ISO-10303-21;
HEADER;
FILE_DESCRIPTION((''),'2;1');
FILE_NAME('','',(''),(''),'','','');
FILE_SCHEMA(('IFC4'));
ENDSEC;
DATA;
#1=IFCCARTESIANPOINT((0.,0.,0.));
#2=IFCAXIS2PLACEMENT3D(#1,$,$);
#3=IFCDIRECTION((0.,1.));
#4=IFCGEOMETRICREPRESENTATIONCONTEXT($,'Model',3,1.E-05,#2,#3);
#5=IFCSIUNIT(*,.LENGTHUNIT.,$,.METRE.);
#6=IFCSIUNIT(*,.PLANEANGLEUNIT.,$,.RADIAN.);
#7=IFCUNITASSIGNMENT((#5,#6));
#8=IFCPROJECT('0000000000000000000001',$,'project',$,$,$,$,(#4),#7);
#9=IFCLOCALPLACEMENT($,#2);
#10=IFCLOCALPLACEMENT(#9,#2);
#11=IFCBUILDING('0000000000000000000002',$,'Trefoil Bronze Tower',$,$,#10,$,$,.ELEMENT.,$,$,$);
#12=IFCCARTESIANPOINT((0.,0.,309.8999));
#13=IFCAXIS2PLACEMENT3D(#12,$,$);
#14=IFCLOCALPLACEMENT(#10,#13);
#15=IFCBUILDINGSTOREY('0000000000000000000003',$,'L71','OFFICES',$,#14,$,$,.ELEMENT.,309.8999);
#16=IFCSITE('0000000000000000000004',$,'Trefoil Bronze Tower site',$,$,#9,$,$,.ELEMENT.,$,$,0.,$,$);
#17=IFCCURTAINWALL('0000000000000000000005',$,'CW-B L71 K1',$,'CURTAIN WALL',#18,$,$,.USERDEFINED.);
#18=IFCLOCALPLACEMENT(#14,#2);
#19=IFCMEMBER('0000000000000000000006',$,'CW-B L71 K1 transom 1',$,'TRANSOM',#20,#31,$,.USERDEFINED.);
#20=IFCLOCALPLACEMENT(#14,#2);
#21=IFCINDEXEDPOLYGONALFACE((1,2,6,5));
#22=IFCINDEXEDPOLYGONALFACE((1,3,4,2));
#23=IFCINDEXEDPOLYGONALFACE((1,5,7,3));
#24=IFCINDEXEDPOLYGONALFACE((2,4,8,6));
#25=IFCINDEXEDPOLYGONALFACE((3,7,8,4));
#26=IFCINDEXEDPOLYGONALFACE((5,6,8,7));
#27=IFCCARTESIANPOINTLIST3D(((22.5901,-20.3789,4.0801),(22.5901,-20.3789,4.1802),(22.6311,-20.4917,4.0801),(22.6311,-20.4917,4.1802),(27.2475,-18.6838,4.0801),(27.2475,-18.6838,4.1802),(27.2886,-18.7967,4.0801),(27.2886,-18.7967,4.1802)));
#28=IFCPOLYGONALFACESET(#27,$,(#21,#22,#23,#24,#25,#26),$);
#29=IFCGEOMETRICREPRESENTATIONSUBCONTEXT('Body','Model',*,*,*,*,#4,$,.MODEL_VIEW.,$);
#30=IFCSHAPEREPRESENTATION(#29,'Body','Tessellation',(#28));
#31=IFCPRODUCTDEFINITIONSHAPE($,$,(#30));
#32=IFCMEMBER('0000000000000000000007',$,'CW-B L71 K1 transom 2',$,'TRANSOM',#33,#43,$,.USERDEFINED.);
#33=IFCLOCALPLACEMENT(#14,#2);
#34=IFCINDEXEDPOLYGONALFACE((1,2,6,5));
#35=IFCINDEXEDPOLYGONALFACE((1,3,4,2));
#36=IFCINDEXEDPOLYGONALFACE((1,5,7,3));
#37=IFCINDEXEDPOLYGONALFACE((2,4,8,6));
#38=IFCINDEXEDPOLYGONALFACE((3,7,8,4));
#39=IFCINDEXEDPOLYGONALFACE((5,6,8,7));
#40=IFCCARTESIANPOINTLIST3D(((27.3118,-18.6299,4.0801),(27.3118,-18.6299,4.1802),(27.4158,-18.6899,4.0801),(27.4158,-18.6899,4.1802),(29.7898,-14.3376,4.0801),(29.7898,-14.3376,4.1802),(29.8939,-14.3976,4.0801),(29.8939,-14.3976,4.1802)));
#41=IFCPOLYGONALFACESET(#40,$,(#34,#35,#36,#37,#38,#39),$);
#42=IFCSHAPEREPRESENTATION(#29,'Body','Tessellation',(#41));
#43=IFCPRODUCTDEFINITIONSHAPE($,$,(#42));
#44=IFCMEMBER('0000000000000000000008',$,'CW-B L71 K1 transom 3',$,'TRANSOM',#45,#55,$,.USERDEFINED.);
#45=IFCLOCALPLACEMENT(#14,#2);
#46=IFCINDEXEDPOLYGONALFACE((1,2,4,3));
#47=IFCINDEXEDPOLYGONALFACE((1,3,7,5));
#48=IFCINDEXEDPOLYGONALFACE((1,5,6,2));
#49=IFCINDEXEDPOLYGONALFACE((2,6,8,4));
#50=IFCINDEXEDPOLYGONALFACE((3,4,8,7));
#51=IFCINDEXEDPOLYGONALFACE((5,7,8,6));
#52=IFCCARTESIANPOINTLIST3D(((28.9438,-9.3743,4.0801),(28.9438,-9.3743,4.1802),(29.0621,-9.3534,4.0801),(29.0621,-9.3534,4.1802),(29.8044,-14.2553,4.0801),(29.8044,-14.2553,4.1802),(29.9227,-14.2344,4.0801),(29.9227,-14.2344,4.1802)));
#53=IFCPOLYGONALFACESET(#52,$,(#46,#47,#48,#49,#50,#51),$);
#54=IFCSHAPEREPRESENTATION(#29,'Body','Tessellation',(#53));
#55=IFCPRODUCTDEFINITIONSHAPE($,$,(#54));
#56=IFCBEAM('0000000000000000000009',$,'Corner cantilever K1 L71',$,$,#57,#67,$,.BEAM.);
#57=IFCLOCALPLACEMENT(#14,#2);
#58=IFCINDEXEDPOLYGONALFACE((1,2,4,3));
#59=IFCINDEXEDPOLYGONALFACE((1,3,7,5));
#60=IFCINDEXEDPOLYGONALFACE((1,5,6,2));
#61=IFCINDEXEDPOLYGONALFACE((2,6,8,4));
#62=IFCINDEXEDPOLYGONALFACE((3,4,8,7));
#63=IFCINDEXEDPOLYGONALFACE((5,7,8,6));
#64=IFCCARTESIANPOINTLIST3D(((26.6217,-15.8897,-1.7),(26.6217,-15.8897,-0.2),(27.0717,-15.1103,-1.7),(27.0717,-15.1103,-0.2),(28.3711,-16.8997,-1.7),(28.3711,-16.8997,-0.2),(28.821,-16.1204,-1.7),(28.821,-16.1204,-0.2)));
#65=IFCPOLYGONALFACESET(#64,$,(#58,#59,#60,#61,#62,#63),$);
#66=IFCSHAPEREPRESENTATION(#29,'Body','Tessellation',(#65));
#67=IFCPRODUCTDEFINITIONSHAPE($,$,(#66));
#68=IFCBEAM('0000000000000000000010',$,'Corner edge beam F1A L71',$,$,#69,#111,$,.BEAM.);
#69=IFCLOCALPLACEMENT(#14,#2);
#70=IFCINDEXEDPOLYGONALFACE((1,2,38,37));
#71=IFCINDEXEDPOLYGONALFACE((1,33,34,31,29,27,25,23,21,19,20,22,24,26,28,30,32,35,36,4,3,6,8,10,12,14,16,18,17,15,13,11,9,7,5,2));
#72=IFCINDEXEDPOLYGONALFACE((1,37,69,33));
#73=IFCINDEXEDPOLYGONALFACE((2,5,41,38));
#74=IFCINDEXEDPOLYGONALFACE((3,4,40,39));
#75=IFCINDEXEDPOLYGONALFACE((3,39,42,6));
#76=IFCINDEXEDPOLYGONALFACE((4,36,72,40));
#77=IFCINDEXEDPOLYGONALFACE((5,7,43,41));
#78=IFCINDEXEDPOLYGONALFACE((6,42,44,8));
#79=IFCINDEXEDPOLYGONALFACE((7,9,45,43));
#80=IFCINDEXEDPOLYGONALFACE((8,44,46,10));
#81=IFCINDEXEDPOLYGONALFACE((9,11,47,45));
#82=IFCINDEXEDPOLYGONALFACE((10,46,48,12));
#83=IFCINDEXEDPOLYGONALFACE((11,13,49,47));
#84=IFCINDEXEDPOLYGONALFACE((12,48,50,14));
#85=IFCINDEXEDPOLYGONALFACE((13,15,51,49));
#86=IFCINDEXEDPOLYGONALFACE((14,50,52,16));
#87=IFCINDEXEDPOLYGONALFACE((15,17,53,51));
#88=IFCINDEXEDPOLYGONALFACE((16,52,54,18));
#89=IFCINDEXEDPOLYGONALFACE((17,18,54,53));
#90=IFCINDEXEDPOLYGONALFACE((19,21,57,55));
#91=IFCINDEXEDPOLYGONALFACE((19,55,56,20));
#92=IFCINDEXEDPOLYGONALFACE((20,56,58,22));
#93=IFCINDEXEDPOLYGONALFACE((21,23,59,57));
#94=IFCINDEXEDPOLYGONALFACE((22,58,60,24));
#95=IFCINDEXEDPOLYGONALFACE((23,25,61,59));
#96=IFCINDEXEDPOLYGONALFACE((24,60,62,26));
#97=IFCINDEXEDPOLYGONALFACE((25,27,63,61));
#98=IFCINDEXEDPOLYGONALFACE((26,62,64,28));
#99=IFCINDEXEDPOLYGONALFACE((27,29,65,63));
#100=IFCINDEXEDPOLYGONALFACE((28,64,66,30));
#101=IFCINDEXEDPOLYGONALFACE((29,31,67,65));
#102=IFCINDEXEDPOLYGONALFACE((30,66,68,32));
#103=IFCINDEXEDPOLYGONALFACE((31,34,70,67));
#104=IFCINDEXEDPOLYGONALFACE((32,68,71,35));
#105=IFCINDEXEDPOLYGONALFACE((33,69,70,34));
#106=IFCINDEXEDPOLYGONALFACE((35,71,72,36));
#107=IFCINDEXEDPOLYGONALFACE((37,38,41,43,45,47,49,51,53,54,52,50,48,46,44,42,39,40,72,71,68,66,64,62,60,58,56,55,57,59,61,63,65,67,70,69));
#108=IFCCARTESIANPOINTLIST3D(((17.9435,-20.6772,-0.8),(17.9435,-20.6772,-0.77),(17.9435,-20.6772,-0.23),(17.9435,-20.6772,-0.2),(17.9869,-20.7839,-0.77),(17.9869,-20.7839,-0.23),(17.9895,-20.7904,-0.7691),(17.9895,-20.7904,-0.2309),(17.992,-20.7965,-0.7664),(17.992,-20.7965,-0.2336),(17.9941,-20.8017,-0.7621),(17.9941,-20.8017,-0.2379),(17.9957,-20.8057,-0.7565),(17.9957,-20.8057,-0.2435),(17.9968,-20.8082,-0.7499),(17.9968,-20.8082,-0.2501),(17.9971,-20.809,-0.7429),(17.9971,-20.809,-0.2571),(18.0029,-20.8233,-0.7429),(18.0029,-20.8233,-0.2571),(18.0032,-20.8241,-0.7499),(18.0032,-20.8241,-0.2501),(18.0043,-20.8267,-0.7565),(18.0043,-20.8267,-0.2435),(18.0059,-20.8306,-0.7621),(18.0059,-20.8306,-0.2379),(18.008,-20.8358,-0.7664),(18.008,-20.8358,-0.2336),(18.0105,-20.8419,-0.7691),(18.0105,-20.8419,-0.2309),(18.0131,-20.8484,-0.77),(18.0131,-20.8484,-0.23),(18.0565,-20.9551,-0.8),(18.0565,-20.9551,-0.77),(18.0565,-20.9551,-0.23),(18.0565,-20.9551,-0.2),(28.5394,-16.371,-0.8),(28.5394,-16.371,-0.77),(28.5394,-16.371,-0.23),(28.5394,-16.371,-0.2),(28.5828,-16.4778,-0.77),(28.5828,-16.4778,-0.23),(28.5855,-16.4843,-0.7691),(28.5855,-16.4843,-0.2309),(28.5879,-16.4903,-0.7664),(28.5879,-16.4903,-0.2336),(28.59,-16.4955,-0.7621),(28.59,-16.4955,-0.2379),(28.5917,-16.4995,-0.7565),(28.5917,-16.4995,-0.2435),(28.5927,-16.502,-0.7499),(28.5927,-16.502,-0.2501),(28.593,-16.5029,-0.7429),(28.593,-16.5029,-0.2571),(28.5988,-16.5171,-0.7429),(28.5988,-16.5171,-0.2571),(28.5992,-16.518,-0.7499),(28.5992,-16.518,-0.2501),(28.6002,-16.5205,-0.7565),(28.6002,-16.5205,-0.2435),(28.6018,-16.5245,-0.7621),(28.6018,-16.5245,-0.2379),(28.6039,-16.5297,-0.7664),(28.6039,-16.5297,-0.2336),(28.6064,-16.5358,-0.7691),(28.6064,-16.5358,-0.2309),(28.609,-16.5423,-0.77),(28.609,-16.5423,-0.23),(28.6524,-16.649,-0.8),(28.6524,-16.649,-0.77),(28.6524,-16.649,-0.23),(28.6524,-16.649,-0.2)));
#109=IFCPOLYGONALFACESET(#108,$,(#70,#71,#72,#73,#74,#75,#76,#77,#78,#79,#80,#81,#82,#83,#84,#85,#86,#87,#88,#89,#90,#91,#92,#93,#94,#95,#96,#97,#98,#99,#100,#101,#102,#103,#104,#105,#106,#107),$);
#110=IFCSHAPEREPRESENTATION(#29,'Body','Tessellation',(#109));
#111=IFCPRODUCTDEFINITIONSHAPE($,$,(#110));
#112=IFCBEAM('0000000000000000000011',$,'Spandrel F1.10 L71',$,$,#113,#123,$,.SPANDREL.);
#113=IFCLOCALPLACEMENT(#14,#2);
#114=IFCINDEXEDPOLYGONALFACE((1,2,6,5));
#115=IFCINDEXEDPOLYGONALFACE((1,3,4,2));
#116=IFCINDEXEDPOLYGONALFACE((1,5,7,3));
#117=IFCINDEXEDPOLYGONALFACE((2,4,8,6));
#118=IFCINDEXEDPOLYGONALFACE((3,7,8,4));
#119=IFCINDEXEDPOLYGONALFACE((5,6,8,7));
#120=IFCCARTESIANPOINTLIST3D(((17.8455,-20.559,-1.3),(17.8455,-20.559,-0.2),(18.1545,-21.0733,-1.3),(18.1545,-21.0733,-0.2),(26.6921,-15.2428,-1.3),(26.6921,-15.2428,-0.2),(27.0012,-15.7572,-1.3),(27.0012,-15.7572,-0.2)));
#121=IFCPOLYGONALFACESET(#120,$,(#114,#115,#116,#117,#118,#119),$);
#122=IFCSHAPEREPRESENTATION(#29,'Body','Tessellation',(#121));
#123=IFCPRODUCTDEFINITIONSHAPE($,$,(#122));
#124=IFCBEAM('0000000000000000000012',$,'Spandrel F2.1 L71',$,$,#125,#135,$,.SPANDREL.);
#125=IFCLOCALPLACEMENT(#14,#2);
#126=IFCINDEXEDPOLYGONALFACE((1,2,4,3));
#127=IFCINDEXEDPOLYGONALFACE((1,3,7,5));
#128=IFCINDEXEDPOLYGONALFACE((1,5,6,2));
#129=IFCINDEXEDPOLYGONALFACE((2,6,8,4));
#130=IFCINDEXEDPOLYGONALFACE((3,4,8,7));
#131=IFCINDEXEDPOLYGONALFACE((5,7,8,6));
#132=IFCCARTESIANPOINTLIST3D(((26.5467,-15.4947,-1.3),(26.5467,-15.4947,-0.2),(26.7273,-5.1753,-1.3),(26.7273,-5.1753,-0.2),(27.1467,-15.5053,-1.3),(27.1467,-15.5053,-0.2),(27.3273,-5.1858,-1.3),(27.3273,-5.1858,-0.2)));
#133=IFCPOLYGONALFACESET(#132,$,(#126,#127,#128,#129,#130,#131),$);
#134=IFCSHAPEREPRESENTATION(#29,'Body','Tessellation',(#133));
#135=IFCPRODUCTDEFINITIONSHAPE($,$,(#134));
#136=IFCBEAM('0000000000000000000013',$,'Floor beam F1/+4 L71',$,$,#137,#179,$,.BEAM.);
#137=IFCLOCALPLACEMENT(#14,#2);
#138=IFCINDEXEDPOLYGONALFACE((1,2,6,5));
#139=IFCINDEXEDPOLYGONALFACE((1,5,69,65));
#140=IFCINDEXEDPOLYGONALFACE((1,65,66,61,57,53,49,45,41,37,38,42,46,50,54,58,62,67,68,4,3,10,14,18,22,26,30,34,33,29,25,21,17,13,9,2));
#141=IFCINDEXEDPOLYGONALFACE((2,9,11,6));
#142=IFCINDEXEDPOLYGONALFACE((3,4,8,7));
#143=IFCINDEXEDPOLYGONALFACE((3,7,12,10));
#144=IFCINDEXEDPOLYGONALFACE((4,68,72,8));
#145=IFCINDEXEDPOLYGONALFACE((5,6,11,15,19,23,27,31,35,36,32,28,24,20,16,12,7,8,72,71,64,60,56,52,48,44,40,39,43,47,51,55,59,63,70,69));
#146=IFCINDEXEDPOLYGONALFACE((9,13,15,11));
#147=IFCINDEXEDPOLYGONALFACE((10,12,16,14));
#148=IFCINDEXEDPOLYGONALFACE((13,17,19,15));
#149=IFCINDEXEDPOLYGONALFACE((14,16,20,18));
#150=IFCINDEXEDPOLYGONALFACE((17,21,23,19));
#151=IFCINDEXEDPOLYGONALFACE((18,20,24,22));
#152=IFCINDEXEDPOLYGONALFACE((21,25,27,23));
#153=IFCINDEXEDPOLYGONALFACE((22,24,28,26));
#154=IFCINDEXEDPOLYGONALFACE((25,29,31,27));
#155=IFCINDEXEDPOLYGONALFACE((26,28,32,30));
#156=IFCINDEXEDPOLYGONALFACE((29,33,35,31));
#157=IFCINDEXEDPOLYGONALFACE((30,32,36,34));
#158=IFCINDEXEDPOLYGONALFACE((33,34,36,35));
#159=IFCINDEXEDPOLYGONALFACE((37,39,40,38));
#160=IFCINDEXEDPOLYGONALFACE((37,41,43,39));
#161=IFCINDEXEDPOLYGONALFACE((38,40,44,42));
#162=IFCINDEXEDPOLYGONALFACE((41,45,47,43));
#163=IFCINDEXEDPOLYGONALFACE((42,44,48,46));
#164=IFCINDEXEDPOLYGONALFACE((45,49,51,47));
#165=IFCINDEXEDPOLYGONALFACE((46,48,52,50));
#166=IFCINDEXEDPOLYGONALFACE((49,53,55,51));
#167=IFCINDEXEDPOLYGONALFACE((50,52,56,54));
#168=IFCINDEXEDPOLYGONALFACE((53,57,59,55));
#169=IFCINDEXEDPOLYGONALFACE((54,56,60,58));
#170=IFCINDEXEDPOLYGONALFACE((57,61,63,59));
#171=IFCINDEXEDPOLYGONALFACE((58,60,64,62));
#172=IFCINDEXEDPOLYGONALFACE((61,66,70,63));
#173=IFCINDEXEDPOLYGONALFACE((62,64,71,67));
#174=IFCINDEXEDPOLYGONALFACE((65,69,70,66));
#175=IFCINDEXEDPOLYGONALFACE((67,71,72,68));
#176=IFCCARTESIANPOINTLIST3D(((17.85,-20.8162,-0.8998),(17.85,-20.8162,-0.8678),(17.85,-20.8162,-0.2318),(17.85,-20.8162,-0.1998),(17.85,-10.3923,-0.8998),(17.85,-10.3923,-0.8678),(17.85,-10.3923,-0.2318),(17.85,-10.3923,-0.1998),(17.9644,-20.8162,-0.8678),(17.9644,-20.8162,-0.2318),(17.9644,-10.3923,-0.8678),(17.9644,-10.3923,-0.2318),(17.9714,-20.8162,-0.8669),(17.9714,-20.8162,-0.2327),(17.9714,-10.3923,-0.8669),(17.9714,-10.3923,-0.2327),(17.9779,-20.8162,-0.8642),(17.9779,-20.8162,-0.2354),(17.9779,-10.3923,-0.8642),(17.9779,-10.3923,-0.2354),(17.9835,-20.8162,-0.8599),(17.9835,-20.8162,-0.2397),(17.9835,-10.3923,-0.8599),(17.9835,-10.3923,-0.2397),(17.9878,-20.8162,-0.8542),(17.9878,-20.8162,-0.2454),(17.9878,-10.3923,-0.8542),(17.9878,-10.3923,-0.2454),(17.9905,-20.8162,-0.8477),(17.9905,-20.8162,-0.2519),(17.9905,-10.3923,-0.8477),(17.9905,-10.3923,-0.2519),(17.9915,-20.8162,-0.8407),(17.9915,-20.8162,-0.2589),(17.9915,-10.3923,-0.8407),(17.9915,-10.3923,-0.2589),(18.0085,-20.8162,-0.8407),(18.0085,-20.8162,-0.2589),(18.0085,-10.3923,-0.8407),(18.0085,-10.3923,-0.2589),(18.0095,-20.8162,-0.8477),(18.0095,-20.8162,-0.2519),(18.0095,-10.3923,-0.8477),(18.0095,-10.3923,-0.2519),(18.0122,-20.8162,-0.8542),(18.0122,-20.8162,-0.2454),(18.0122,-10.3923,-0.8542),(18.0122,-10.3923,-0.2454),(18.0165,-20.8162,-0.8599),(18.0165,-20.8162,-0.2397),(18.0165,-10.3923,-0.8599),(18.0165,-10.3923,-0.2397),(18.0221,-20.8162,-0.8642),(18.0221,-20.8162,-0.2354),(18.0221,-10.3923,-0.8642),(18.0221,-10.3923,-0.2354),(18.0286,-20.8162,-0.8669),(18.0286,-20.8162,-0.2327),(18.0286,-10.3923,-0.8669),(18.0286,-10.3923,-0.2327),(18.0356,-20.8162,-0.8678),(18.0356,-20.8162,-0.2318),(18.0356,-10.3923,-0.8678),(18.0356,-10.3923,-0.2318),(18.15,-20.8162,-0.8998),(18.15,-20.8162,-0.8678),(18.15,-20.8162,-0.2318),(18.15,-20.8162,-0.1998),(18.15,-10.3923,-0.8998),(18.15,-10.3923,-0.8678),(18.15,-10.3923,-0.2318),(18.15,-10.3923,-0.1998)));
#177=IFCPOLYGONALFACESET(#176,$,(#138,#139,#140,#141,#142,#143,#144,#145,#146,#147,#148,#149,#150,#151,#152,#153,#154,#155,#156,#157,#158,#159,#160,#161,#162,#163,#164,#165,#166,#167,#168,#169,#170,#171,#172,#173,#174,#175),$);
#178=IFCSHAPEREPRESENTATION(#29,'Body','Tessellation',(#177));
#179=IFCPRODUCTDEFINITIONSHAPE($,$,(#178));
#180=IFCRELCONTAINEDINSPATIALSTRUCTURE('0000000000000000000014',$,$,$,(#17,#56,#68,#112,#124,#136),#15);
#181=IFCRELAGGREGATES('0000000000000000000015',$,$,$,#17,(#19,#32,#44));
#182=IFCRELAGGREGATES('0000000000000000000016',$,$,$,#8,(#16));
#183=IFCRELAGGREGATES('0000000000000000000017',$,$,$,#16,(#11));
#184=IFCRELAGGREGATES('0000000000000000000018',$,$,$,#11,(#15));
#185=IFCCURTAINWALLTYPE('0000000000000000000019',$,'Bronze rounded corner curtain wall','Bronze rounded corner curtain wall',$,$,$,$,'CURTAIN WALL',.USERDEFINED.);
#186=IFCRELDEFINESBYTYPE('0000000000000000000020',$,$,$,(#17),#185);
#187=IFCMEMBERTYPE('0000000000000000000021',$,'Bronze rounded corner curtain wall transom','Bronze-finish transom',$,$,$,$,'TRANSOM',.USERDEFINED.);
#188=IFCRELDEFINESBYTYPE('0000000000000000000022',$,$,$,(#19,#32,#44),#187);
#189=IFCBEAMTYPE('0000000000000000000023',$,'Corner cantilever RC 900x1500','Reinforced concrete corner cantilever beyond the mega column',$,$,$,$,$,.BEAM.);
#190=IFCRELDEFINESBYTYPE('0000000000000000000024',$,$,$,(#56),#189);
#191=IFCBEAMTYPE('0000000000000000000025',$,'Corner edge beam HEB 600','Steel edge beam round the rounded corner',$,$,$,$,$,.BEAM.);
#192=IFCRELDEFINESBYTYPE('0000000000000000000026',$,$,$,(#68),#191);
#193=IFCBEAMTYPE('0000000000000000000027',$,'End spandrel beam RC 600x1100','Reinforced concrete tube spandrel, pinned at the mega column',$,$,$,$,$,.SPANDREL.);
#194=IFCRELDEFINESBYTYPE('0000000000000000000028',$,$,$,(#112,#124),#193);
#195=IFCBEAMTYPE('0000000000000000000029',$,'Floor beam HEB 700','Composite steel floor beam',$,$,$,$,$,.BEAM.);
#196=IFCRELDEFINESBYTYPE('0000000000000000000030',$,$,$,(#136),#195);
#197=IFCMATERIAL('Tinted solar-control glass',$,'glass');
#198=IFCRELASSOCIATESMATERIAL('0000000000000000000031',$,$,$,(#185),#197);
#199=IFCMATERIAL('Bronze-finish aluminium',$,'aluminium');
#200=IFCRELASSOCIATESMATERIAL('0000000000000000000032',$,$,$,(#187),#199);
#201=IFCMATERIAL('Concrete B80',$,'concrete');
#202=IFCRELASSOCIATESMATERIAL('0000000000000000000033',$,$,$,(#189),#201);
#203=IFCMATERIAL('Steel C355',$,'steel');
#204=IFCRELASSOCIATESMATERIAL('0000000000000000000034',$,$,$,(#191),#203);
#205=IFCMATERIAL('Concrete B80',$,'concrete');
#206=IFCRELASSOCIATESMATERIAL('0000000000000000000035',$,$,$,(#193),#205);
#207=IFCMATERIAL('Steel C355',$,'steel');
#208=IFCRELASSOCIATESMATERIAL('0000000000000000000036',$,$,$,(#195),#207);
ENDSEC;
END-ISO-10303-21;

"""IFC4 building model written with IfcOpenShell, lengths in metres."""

from ifc_helpers import new_model, si_unit, direction, frame, origin, origin_2d, place, context, subcontext, project, spatial, rectangle, i_section, extrude, material, material_profile, profile_set, type_object, element, aggregate, save


model = new_model("IFC4")

# Units and contexts
model_context = context("Model", 3, precision=1e-05, world=origin(), true_north=direction((0.0, 1.0)))
body_context = subcontext(model_context, "Body", "Model", "MODEL_VIEW")
ifc_project = project(units=[si_unit("LENGTHUNIT", "METRE"), si_unit("PLANEANGLEUNIT", "RADIAN")], contexts=[model_context])

# Site, building, storey
site_placement = place(None, origin())
site = spatial("IfcSite", under=ifc_project, at=site_placement, Name="Trefoil Bronze Tower site", CompositionType="ELEMENT", RefElevation=0.0)
building_placement = place(site_placement, origin())
building = spatial("IfcBuilding", under=site, at=building_placement, Name="Trefoil Bronze Tower", CompositionType="ELEMENT")
storey_placement = place(building_placement, frame((0.0, 0.0, 309.8999)))
storey = spatial("IfcBuildingStorey", under=building, at=storey_placement, Name="L71", Description="OFFICES", CompositionType="ELEMENT", Elevation=309.8999)

# Curtain wall, members
ifc_material_1 = material(Name="Tinted solar-control glass", Category="glass")
curtain_wall_type_1 = type_object("IfcCurtainWallType", Name="Bronze rounded corner curtain wall", Description="Bronze rounded corner curtain wall", ElementType="CURTAIN WALL", PredefinedType="USERDEFINED", material=ifc_material_1)
curtain_wall_1_placement = place(storey_placement, origin())
curtain_wall_1 = element("IfcCurtainWall", 1, at=curtain_wall_1_placement, inside=storey, type_object=curtain_wall_type_1, Name="CW-B L71 K1", ObjectType="CURTAIN WALL", PredefinedType="USERDEFINED")
ifc_material_2 = material(Name="Bronze-finish aluminium", Category="aluminium")
ifc_material_profile_1 = material_profile(ifc_material_2, rectangle(XDim=0.1201, YDim=0.1001, at=origin_2d()), Name="CW-B transom")
ifc_profile_set_1 = profile_set([ifc_material_profile_1], Name="Bronze-finish aluminium")
member_type_1 = type_object("IfcMemberType", Name="Bronze rounded corner curtain wall transom", Description="Bronze-finish transom", ElementType="TRANSOM", PredefinedType="USERDEFINED", material=ifc_profile_set_1)
member_1_placement = place(storey_placement, frame((22.6106, -20.4353, 4.1301), z_axis=(0.9397, 0.342, 0.0), x_axis=(-0.342, 0.9397, 0.0)))
member_1 = element("IfcMember", 2, at=member_1_placement, type_object=member_type_1, Name="CW-B L71 K1 transom 1", ObjectType="TRANSOM", PredefinedType="USERDEFINED", context=body_context, shape_type="SweptSolid", body=[
    extrude(rectangle(XDim=0.1201, YDim=0.1001, at=origin_2d()), origin(), (0.0, 0.0, 1.0), 4.9563),
])
member_2_placement = place(storey_placement, frame((27.3638, -18.6599, 4.1301), z_axis=(0.499985, 0.866034, 0.0), x_axis=(-0.866034, 0.499985, 0.0)))
member_2 = element("IfcMember", 3, at=member_2_placement, type_object=member_type_1, Name="CW-B L71 K1 transom 2", ObjectType="TRANSOM", PredefinedType="USERDEFINED", context=body_context, shape_type="SweptSolid", body=[
    extrude(rectangle(XDim=0.1201, YDim=0.1001, at=origin_2d()), origin(), (0.0, 0.0, 1.0), 4.9563),
])
member_3_placement = place(storey_placement, frame((29.8635, -14.2449, 4.1301), z_axis=(-0.173634, 0.98481, 0.0), x_axis=(-0.98481, -0.173634, 0.0)))
member_3 = element("IfcMember", 4, at=member_3_placement, type_object=member_type_1, Name="CW-B L71 K1 transom 3", ObjectType="TRANSOM", PredefinedType="USERDEFINED", context=body_context, shape_type="SweptSolid", body=[
    extrude(rectangle(XDim=0.1201, YDim=0.1001, at=origin_2d()), origin(), (0.0, 0.0, 1.0), 4.9563),
])

# Beams
ifc_material_3 = material(Name="Concrete B80", Category="concrete")
ifc_material_profile_2 = material_profile(ifc_material_3, rectangle(XDim=0.8999, YDim=1.5, at=origin_2d()), Name="RC 900x1500")
ifc_profile_set_2 = profile_set([ifc_material_profile_2], Name="Concrete B80")
beam_type_1 = type_object("IfcBeamType", Name="Corner cantilever RC 900x1500", Description="Reinforced concrete corner cantilever beyond the mega column", PredefinedType="BEAM", material=ifc_profile_set_2)
beam_1_placement = place(storey_placement, frame((26.8467, -15.5, -0.95), z_axis=(0.86601, -0.500026, 0.0), x_axis=(0.500026, 0.86601, 0.0)))
element("IfcBeam", 5, at=beam_1_placement, inside=storey, type_object=beam_type_1, Name="Corner cantilever K1 L71", PredefinedType="BEAM", context=body_context, shape_type="SweptSolid", body=[
    extrude(rectangle(XDim=0.8999, YDim=1.5, at=origin_2d()), origin(), (0.0, 0.0, 1.0), 2.02),
])
ifc_material_4 = material(Name="Steel C355", Category="steel")
ifc_material_profile_3 = material_profile(ifc_material_4, i_section(OverallWidth=0.3, OverallDepth=0.6001, WebThickness=0.0154, FlangeThickness=0.03, FilletRadius=0.0271, at=origin_2d()), Name="HEB 600")
ifc_profile_set_3 = profile_set([ifc_material_profile_3], Name="Steel C355")
beam_type_2 = type_object("IfcBeamType", Name="Corner edge beam HEB 600", Description="Steel edge beam round the rounded corner", PredefinedType="BEAM", material=ifc_profile_set_3)
beam_2_placement = place(storey_placement, frame((18.0, -20.8162, -0.5), z_axis=(0.926419, 0.376493, 0.0), x_axis=(-0.376493, 0.926419, 0.0)))
element("IfcBeam", 6, at=beam_2_placement, inside=storey, type_object=beam_type_2, Name="Corner edge beam F1A L71", PredefinedType="BEAM", context=body_context, shape_type="SweptSolid", body=[
    extrude(i_section(OverallWidth=0.3, OverallDepth=0.6001, WebThickness=0.0154, FlangeThickness=0.03, FilletRadius=0.0271, at=origin_2d()), origin(), (0.0, 0.0, 1.0), 11.4375),
])
ifc_material_5 = material(Name="Concrete B80", Category="concrete")
ifc_material_profile_4 = material_profile(ifc_material_5, rectangle(XDim=0.6001, YDim=1.1001, at=origin_2d()), Name="RC 600x1100")
ifc_profile_set_4 = profile_set([ifc_material_profile_4], Name="Concrete B80")
beam_type_3 = type_object("IfcBeamType", Name="End spandrel beam RC 600x1100", Description="Reinforced concrete tube spandrel, pinned at the mega column", PredefinedType="SPANDREL", material=ifc_profile_set_4)
for number, where, z_axis, x_axis, name in (
    (7, (18.0, -20.8162, -0.75), (0.857144, 0.515077, 0.0), (-0.515077, 0.857144, 0.0), "Spandrel F1.10 L71"),
    (8, (26.8467, -15.5, -0.75), (0.017504, 0.999847, 0.0), (-0.999847, 0.017504, 0.0), "Spandrel F2.1 L71"),
):
    element("IfcBeam", number, at=place(storey_placement, frame(where, z_axis=z_axis, x_axis=x_axis)), inside=storey, type_object=beam_type_3, Name=name, PredefinedType="SPANDREL", context=body_context, shape_type="SweptSolid", body=[
        extrude(rectangle(XDim=0.6001, YDim=1.1001, at=origin_2d()), origin(), (0.0, 0.0, 1.0), 10.321),
    ])
ifc_material_6 = material(Name="Steel C355", Category="steel")
ifc_material_profile_5 = material_profile(ifc_material_6, i_section(OverallWidth=0.3, OverallDepth=0.7, WebThickness=0.0171, FlangeThickness=0.032, FilletRadius=0.0271, at=origin_2d()), Name="HEB 700")
ifc_profile_set_5 = profile_set([ifc_material_profile_5], Name="Steel C355")
beam_type_4 = type_object("IfcBeamType", Name="Floor beam HEB 700", Description="Composite steel floor beam", PredefinedType="BEAM", material=ifc_profile_set_5)
beam_3_placement = place(storey_placement, frame((18.0, -20.8162, -0.5498), z_axis=(0.0, 1.0, 0.0), x_axis=(-1.0, 0.0, 0.0)))
element("IfcBeam", 9, at=beam_3_placement, inside=storey, type_object=beam_type_4, Name="Floor beam F1/+4 L71", PredefinedType="BEAM", context=body_context, shape_type="SweptSolid", body=[
    extrude(i_section(OverallWidth=0.3, OverallDepth=0.7, WebThickness=0.0171, FlangeThickness=0.032, FilletRadius=0.0271, at=origin_2d()), origin(), (0.0, 0.0, 1.0), 10.4238),
])

aggregate(curtain_wall_1, [member_1, member_2, member_3])

save(model, "model.ifc")
